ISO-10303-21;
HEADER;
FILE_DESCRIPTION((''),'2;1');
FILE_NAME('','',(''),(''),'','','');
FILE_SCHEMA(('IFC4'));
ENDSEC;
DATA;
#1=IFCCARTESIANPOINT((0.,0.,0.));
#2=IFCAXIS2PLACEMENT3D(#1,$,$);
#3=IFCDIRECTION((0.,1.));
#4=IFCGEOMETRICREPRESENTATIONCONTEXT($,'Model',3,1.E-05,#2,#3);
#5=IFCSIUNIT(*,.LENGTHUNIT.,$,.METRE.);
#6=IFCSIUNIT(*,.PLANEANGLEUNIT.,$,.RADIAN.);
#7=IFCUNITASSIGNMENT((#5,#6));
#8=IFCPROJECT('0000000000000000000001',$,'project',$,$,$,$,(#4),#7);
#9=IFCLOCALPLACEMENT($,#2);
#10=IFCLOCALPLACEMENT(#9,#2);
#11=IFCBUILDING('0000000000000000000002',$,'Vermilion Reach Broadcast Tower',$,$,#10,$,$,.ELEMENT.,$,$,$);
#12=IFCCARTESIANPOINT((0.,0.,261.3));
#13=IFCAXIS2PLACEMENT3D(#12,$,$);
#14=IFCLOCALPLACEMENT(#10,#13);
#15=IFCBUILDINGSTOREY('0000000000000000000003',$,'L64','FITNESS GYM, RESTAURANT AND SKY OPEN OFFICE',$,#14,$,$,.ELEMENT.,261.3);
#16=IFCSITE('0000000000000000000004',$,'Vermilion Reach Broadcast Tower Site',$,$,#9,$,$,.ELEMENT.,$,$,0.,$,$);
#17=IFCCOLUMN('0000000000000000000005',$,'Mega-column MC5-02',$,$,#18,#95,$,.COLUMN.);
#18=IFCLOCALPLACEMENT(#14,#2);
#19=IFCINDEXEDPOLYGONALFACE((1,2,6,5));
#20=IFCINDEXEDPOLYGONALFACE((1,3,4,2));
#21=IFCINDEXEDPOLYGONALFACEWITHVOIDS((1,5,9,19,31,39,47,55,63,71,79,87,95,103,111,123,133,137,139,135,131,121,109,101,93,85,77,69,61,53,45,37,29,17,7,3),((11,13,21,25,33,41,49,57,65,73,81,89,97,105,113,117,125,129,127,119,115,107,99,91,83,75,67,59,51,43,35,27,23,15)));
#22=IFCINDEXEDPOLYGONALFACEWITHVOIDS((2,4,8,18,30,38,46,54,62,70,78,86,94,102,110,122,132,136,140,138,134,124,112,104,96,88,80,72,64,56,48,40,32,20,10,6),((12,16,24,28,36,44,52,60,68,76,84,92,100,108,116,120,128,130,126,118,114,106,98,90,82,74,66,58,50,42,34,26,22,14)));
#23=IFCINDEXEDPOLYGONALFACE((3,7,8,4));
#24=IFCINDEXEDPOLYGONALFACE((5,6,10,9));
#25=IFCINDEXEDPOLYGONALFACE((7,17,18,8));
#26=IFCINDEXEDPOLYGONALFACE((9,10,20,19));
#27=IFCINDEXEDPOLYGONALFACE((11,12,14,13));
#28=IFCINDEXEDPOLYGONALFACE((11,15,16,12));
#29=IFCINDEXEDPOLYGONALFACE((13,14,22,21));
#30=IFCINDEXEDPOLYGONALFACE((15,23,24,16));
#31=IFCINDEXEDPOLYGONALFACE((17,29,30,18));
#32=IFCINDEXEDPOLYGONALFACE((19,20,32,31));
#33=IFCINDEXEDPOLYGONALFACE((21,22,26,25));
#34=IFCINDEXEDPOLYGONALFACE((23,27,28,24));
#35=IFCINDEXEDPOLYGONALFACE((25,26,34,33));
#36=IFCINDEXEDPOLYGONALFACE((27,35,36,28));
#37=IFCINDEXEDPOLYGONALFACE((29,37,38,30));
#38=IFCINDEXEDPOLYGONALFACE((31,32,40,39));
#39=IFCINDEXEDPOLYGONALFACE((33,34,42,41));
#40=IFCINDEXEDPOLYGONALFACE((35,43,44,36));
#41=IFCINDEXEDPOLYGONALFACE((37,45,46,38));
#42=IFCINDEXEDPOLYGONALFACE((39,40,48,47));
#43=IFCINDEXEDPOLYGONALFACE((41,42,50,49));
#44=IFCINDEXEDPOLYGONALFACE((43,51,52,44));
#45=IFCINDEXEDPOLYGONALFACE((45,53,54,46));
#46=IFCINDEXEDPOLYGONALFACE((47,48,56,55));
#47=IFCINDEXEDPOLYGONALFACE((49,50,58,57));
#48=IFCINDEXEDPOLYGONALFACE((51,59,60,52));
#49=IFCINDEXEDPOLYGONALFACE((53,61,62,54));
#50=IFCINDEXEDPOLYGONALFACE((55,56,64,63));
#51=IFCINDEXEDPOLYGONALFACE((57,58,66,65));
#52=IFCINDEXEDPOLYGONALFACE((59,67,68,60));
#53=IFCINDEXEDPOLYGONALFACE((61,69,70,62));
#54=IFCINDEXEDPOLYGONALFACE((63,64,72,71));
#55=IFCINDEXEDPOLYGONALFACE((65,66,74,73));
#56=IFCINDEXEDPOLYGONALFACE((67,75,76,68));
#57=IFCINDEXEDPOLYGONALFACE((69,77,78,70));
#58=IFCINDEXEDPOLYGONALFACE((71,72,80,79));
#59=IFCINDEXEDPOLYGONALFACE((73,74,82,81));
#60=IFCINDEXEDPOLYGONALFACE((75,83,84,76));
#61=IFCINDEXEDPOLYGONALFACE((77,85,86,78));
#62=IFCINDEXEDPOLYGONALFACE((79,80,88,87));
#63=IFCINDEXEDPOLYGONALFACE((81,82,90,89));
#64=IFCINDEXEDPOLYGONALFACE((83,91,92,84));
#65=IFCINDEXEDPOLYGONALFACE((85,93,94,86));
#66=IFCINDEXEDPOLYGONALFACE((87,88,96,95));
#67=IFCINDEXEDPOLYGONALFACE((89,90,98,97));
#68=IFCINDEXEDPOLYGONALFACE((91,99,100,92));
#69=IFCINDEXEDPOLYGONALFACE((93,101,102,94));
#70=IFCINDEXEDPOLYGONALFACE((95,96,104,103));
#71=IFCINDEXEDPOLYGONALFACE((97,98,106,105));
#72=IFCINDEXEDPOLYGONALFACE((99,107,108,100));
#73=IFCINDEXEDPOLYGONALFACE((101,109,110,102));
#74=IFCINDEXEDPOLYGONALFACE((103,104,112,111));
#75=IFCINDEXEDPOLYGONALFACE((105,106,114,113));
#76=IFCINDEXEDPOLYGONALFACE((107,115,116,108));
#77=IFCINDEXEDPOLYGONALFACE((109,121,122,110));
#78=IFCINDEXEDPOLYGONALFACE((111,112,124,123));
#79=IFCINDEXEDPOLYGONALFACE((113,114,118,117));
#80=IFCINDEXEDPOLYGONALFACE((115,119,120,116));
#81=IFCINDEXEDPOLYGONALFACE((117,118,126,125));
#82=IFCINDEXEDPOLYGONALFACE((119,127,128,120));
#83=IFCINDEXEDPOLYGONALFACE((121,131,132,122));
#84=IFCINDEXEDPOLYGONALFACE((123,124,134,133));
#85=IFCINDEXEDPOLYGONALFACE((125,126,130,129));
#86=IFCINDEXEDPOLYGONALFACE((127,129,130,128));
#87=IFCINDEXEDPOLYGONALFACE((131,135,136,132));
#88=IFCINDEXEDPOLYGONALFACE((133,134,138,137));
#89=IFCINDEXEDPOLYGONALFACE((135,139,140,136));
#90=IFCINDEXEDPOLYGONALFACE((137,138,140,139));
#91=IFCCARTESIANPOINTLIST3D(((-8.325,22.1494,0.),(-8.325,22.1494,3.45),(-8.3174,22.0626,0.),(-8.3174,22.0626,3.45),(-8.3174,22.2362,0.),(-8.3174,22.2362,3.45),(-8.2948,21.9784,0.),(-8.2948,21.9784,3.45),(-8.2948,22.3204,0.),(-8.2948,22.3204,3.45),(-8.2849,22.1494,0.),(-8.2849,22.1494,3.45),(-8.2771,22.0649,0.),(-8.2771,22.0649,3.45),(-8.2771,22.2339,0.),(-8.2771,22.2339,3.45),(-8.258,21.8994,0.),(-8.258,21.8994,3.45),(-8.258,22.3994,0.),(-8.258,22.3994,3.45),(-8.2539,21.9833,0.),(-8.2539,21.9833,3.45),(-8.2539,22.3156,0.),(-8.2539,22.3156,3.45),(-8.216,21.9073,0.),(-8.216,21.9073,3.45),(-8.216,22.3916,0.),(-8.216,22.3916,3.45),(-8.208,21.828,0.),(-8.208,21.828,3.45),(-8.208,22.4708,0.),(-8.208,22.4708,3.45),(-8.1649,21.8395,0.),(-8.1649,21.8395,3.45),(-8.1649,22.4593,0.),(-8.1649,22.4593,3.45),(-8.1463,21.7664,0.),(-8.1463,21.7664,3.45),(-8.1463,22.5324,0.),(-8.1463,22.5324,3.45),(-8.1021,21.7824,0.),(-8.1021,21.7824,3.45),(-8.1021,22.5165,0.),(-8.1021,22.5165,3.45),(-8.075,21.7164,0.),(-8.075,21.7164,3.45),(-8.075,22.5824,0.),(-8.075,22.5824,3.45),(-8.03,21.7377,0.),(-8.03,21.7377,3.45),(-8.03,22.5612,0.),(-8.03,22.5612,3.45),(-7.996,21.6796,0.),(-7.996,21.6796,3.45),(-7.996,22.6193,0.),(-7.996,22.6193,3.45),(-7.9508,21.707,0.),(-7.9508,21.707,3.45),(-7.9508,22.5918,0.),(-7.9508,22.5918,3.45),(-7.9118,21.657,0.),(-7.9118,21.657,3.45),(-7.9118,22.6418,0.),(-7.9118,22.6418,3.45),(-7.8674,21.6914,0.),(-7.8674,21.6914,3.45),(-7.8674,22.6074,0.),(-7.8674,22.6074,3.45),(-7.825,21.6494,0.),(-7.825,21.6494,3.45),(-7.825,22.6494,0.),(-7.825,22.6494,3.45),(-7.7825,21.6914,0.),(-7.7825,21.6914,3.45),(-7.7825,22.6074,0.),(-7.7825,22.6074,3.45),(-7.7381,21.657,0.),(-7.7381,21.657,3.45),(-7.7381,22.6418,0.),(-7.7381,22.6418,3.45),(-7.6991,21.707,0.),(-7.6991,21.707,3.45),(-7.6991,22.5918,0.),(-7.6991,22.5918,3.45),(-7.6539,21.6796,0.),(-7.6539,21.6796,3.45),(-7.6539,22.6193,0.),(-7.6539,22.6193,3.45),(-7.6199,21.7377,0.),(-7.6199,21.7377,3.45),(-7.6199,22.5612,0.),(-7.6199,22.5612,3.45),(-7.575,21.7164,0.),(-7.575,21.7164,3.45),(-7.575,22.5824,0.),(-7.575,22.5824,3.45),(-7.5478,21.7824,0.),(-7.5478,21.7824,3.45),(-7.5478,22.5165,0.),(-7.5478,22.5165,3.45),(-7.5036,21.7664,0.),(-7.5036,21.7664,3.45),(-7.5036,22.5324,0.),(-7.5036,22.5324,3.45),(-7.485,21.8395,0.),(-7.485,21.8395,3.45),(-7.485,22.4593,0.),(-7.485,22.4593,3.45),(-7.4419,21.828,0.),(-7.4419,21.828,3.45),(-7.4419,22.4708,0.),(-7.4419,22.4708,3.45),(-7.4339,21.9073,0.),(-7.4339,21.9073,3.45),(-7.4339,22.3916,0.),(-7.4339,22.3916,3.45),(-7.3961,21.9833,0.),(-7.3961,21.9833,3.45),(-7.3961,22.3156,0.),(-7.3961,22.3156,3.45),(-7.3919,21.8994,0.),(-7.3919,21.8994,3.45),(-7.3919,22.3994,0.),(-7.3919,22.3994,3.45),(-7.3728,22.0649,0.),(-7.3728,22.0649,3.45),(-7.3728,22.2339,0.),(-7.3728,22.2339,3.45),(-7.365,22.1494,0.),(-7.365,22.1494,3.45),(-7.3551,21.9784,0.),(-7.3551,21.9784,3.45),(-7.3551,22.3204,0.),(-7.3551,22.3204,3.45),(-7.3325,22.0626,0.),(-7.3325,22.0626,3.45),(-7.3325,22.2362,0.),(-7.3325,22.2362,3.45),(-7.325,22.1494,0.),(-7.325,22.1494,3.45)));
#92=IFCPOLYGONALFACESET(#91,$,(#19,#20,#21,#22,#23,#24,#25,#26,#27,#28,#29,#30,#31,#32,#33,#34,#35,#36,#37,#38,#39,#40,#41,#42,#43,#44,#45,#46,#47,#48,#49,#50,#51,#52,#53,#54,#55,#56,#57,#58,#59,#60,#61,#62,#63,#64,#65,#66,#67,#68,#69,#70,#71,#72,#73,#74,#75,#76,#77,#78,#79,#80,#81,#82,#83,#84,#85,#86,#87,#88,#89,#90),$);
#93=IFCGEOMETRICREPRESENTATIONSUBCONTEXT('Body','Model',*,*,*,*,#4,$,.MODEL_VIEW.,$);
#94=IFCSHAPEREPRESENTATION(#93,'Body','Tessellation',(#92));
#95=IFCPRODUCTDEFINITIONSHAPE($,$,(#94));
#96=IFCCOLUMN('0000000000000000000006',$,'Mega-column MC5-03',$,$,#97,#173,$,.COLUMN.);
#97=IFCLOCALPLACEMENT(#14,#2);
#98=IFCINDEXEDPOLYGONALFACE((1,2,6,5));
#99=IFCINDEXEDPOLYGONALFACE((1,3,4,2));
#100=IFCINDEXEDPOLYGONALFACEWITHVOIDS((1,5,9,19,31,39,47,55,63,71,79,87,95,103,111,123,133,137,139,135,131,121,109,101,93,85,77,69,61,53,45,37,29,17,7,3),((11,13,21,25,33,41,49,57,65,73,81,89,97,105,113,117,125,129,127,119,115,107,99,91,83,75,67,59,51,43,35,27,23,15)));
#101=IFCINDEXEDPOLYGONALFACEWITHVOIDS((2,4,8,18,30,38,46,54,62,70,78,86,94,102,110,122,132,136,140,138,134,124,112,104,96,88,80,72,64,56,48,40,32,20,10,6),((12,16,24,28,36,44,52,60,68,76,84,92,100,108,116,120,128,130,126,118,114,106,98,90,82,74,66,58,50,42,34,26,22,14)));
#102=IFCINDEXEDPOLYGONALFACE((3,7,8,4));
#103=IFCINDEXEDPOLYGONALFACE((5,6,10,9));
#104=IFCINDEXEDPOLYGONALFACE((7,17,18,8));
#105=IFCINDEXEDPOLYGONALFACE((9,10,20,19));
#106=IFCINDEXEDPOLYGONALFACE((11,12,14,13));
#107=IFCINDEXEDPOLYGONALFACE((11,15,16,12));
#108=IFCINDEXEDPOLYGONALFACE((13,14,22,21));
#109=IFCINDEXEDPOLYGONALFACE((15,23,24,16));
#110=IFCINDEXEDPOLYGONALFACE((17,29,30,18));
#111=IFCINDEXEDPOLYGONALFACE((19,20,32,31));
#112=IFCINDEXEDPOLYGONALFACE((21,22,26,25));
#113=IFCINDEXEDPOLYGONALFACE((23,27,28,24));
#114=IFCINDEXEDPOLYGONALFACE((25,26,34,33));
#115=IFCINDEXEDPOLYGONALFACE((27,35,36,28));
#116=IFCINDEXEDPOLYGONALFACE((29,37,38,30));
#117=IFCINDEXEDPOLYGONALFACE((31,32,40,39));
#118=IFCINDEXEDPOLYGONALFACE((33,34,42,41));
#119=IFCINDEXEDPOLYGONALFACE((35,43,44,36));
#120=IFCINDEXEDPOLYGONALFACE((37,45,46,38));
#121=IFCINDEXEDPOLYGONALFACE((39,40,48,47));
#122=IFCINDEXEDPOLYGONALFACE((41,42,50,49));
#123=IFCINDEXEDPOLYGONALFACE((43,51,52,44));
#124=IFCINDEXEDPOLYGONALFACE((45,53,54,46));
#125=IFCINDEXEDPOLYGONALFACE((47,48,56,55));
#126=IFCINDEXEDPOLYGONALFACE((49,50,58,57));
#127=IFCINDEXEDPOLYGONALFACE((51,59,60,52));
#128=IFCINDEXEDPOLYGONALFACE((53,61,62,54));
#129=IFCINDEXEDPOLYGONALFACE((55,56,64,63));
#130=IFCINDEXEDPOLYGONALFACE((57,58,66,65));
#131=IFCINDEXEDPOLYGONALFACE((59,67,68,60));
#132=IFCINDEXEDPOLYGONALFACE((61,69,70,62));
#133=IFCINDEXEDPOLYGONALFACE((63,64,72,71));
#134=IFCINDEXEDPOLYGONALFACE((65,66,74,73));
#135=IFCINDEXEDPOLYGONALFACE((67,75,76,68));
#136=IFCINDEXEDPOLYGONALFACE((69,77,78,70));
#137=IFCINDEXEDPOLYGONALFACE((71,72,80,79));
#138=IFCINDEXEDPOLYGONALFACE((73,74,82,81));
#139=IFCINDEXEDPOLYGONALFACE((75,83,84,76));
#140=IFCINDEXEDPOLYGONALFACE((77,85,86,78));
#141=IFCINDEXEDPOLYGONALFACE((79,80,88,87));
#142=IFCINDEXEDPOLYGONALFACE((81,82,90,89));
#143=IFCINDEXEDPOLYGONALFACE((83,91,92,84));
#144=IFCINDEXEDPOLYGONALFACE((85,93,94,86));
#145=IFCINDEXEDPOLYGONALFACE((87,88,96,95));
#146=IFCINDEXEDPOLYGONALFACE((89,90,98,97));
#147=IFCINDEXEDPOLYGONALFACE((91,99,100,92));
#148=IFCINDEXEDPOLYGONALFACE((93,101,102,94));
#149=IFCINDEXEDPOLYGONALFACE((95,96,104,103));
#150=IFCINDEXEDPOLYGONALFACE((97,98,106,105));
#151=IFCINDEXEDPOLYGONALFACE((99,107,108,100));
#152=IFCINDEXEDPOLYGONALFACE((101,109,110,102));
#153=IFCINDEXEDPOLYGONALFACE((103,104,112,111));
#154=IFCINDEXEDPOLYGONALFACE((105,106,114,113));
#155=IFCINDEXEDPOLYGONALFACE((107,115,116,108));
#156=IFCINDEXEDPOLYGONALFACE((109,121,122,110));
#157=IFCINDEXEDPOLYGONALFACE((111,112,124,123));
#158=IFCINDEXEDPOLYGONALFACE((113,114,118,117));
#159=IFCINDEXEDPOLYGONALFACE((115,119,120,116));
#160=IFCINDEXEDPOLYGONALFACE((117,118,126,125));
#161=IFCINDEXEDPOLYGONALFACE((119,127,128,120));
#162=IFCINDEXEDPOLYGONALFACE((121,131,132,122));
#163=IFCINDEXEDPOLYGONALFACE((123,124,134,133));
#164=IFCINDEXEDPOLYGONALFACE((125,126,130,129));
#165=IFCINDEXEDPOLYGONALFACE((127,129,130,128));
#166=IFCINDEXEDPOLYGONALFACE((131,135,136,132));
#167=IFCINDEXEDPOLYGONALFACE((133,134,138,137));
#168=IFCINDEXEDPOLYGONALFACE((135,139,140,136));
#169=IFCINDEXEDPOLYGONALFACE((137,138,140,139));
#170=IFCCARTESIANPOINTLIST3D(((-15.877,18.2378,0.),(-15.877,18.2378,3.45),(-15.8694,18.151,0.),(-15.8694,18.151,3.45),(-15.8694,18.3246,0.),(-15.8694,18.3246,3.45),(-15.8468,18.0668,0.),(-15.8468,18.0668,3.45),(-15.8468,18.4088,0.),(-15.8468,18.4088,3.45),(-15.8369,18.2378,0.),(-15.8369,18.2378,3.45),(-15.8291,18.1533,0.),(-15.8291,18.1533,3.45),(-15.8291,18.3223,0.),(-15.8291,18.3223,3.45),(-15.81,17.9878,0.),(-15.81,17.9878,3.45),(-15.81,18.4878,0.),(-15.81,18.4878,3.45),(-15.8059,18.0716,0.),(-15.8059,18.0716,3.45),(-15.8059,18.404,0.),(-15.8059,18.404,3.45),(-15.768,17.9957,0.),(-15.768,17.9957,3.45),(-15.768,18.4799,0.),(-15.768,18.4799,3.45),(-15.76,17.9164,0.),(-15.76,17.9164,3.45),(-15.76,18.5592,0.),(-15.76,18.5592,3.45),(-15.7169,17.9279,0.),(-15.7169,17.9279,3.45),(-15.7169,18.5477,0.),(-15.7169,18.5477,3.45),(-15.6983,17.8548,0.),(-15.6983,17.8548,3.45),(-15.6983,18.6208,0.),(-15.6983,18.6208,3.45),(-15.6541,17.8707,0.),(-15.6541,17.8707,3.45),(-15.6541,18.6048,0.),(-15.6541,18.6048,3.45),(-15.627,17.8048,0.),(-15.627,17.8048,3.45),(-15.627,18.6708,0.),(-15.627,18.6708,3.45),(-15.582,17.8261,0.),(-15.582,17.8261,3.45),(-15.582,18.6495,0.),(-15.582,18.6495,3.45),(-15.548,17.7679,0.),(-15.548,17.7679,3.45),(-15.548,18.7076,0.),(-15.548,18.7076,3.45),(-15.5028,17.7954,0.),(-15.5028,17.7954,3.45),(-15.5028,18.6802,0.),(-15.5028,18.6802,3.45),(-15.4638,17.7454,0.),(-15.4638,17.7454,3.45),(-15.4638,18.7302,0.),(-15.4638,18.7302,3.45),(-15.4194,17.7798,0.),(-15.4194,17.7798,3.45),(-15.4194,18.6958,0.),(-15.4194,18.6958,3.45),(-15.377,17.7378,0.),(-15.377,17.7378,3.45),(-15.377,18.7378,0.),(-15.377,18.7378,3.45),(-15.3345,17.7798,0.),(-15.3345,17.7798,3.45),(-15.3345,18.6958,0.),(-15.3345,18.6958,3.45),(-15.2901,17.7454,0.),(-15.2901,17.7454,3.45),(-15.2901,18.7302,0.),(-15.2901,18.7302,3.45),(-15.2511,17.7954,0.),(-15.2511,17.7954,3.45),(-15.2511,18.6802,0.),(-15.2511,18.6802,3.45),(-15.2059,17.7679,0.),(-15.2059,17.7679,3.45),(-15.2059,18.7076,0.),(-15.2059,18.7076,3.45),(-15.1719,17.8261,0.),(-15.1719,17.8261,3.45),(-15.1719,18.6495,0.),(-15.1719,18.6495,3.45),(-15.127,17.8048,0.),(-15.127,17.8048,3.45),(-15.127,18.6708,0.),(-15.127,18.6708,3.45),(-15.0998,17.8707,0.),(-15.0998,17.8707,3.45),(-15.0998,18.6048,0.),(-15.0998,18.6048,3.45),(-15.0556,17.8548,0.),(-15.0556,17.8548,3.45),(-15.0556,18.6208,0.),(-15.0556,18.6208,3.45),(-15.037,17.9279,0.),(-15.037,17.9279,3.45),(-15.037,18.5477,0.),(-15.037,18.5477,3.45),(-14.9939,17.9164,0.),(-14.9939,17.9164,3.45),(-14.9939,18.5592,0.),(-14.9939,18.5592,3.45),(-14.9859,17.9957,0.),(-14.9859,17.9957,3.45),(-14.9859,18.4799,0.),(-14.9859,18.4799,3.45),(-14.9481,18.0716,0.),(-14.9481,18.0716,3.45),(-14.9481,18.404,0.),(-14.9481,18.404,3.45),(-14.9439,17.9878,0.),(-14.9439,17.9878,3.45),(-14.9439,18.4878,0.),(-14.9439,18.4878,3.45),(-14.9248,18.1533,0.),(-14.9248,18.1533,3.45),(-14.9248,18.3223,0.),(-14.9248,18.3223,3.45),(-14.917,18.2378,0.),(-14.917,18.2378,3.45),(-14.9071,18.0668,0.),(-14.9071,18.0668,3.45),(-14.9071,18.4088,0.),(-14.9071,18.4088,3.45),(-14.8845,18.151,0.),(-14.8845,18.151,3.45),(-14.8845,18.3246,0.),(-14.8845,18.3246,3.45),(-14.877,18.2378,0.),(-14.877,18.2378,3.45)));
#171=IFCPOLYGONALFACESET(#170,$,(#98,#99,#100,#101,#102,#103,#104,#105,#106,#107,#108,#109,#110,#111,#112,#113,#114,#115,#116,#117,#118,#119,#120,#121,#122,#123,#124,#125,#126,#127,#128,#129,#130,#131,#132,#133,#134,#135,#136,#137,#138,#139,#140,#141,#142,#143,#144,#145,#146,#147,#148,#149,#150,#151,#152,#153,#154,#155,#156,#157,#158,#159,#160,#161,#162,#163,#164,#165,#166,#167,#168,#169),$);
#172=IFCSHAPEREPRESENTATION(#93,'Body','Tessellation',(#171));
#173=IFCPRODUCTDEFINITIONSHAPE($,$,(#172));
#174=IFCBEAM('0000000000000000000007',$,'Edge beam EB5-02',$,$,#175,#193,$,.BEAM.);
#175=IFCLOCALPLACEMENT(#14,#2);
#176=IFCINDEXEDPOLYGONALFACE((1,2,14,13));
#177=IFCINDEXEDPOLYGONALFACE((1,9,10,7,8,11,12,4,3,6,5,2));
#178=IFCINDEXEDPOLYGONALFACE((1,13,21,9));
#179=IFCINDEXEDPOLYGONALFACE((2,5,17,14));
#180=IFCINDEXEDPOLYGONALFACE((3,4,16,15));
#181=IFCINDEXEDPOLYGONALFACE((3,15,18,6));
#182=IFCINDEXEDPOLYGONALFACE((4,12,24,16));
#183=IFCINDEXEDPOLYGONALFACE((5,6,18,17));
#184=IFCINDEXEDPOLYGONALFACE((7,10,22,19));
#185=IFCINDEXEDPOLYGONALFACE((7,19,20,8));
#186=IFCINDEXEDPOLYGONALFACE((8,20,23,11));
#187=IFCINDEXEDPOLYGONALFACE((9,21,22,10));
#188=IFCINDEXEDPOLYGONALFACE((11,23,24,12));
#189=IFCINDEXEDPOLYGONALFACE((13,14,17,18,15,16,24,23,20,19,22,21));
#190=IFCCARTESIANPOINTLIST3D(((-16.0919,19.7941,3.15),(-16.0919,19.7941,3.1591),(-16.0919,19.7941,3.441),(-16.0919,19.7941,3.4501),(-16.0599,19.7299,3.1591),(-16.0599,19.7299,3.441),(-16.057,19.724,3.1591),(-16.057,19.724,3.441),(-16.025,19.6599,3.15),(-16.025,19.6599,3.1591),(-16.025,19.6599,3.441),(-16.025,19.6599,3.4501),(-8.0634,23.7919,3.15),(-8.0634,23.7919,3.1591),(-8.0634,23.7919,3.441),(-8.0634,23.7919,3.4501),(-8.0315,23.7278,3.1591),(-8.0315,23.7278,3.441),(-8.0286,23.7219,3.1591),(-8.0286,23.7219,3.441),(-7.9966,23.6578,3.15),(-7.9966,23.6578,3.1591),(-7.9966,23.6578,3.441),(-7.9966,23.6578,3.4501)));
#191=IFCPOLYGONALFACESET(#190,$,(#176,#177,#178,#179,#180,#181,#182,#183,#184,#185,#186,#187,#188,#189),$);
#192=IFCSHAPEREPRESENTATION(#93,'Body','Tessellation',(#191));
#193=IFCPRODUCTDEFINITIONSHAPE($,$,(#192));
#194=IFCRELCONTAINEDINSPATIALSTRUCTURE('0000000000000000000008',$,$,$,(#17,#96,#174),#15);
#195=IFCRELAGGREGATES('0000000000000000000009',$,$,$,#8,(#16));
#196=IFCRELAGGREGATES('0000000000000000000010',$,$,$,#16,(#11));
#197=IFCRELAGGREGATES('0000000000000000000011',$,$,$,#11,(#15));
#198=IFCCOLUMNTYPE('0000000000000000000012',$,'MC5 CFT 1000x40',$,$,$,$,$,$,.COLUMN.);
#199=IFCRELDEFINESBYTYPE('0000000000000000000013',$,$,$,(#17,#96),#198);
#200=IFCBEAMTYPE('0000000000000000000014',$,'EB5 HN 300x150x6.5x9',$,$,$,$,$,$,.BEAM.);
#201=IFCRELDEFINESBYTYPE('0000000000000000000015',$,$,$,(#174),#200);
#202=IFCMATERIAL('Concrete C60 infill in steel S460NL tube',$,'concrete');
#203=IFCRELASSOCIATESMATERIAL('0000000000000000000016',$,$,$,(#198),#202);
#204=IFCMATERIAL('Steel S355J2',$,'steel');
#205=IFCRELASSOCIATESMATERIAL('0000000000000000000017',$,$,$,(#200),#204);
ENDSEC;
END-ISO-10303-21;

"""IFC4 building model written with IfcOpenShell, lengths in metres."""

from ifc_helpers import new_model, si_unit, direction, frame, origin, origin_2d, place, context, subcontext, project, spatial, hollow_circle, i_section, extrude, material, material_profile, profile_set, type_object, element, save


model = new_model("IFC4")

# Units and contexts
model_context = context("Model", 3, precision=1e-05, world=origin(), true_north=direction((0.0, 1.0)))
body_context = subcontext(model_context, "Body", "Model", "MODEL_VIEW")
ifc_project = project(units=[si_unit("LENGTHUNIT", "METRE"), si_unit("PLANEANGLEUNIT", "RADIAN")], contexts=[model_context])

# Site, building, storey
site_placement = place(None, origin())
site = spatial("IfcSite", under=ifc_project, at=site_placement, Name="Vermilion Reach Broadcast Tower Site", CompositionType="ELEMENT", RefElevation=0.0)
building_placement = place(site_placement, origin())
building = spatial("IfcBuilding", under=site, at=building_placement, Name="Vermilion Reach Broadcast Tower", CompositionType="ELEMENT")
storey_placement = place(building_placement, frame((0.0, 0.0, 261.3)))
storey = spatial("IfcBuildingStorey", under=building, at=storey_placement, Name="L64", Description="FITNESS GYM, RESTAURANT AND SKY OPEN OFFICE", CompositionType="ELEMENT", Elevation=261.3)

# Columns
ifc_material_1 = material(Name="Concrete C60 infill in steel S460NL tube", Category="concrete")
ifc_material_profile_1 = material_profile(ifc_material_1, hollow_circle(Radius=0.5, WallThickness=0.04, at=origin_2d()), Name="Concrete C60 infill in steel S460NL tube CFT 1000x40")
ifc_profile_set_1 = profile_set([ifc_material_profile_1], Name="Concrete C60 infill in steel S460NL tube")
column_type = type_object("IfcColumnType", Name="MC5 CFT 1000x40", PredefinedType="COLUMN", material=ifc_profile_set_1)
for number, where, z_axis, x_axis, name in (
    (1, (-7.825, 22.1494, 0.0), (0.0, 0.0, 1.0), (1.0, 0.0, 0.0), "Mega-column MC5-02"),
    (2, (-15.377, 18.2378, 0.0), (0.0, 0.0, 1.0), (1.0, 0.0, 0.0), "Mega-column MC5-03"),
):
    element("IfcColumn", number, at=place(storey_placement, frame(where, z_axis=z_axis, x_axis=x_axis)), inside=storey, type_object=column_type, Name=name, PredefinedType="COLUMN", context=body_context, shape_type="SweptSolid", body=[
        extrude(hollow_circle(Radius=0.5, WallThickness=0.04, at=origin_2d()), origin(), (0.0, 0.0, 1.0), 3.45),
    ])

# Beam
ifc_material_2 = material(Name="Steel S355J2", Category="steel")
ifc_material_profile_2 = material_profile(ifc_material_2, i_section(OverallWidth=0.1499, OverallDepth=0.3, WebThickness=0.0066, FlangeThickness=0.009, at=origin_2d()), Name="S355J2 HN 300x150x6.5x9")
ifc_profile_set_2 = profile_set([ifc_material_profile_2], Name="Steel S355J2")
beam_type_1 = type_object("IfcBeamType", Name="EB5 HN 300x150x6.5x9", PredefinedType="BEAM", material=ifc_profile_set_2)
beam_1_placement = place(storey_placement, frame((-8.03, 23.7249, 3.3), z_axis=(-0.895156, -0.445754, 0.0), x_axis=(0.445754, -0.895156, 0.0)))
element("IfcBeam", 3, at=beam_1_placement, inside=storey, type_object=beam_type_1, Name="Edge beam EB5-02", PredefinedType="BEAM", context=body_context, shape_type="SweptSolid", body=[
    extrude(i_section(OverallWidth=0.1499, OverallDepth=0.3, WebThickness=0.0066, FlangeThickness=0.009, at=origin_2d()), origin(), (0.0, 0.0, 1.0), 8.9688),
])

save(model, "model.ifc")
